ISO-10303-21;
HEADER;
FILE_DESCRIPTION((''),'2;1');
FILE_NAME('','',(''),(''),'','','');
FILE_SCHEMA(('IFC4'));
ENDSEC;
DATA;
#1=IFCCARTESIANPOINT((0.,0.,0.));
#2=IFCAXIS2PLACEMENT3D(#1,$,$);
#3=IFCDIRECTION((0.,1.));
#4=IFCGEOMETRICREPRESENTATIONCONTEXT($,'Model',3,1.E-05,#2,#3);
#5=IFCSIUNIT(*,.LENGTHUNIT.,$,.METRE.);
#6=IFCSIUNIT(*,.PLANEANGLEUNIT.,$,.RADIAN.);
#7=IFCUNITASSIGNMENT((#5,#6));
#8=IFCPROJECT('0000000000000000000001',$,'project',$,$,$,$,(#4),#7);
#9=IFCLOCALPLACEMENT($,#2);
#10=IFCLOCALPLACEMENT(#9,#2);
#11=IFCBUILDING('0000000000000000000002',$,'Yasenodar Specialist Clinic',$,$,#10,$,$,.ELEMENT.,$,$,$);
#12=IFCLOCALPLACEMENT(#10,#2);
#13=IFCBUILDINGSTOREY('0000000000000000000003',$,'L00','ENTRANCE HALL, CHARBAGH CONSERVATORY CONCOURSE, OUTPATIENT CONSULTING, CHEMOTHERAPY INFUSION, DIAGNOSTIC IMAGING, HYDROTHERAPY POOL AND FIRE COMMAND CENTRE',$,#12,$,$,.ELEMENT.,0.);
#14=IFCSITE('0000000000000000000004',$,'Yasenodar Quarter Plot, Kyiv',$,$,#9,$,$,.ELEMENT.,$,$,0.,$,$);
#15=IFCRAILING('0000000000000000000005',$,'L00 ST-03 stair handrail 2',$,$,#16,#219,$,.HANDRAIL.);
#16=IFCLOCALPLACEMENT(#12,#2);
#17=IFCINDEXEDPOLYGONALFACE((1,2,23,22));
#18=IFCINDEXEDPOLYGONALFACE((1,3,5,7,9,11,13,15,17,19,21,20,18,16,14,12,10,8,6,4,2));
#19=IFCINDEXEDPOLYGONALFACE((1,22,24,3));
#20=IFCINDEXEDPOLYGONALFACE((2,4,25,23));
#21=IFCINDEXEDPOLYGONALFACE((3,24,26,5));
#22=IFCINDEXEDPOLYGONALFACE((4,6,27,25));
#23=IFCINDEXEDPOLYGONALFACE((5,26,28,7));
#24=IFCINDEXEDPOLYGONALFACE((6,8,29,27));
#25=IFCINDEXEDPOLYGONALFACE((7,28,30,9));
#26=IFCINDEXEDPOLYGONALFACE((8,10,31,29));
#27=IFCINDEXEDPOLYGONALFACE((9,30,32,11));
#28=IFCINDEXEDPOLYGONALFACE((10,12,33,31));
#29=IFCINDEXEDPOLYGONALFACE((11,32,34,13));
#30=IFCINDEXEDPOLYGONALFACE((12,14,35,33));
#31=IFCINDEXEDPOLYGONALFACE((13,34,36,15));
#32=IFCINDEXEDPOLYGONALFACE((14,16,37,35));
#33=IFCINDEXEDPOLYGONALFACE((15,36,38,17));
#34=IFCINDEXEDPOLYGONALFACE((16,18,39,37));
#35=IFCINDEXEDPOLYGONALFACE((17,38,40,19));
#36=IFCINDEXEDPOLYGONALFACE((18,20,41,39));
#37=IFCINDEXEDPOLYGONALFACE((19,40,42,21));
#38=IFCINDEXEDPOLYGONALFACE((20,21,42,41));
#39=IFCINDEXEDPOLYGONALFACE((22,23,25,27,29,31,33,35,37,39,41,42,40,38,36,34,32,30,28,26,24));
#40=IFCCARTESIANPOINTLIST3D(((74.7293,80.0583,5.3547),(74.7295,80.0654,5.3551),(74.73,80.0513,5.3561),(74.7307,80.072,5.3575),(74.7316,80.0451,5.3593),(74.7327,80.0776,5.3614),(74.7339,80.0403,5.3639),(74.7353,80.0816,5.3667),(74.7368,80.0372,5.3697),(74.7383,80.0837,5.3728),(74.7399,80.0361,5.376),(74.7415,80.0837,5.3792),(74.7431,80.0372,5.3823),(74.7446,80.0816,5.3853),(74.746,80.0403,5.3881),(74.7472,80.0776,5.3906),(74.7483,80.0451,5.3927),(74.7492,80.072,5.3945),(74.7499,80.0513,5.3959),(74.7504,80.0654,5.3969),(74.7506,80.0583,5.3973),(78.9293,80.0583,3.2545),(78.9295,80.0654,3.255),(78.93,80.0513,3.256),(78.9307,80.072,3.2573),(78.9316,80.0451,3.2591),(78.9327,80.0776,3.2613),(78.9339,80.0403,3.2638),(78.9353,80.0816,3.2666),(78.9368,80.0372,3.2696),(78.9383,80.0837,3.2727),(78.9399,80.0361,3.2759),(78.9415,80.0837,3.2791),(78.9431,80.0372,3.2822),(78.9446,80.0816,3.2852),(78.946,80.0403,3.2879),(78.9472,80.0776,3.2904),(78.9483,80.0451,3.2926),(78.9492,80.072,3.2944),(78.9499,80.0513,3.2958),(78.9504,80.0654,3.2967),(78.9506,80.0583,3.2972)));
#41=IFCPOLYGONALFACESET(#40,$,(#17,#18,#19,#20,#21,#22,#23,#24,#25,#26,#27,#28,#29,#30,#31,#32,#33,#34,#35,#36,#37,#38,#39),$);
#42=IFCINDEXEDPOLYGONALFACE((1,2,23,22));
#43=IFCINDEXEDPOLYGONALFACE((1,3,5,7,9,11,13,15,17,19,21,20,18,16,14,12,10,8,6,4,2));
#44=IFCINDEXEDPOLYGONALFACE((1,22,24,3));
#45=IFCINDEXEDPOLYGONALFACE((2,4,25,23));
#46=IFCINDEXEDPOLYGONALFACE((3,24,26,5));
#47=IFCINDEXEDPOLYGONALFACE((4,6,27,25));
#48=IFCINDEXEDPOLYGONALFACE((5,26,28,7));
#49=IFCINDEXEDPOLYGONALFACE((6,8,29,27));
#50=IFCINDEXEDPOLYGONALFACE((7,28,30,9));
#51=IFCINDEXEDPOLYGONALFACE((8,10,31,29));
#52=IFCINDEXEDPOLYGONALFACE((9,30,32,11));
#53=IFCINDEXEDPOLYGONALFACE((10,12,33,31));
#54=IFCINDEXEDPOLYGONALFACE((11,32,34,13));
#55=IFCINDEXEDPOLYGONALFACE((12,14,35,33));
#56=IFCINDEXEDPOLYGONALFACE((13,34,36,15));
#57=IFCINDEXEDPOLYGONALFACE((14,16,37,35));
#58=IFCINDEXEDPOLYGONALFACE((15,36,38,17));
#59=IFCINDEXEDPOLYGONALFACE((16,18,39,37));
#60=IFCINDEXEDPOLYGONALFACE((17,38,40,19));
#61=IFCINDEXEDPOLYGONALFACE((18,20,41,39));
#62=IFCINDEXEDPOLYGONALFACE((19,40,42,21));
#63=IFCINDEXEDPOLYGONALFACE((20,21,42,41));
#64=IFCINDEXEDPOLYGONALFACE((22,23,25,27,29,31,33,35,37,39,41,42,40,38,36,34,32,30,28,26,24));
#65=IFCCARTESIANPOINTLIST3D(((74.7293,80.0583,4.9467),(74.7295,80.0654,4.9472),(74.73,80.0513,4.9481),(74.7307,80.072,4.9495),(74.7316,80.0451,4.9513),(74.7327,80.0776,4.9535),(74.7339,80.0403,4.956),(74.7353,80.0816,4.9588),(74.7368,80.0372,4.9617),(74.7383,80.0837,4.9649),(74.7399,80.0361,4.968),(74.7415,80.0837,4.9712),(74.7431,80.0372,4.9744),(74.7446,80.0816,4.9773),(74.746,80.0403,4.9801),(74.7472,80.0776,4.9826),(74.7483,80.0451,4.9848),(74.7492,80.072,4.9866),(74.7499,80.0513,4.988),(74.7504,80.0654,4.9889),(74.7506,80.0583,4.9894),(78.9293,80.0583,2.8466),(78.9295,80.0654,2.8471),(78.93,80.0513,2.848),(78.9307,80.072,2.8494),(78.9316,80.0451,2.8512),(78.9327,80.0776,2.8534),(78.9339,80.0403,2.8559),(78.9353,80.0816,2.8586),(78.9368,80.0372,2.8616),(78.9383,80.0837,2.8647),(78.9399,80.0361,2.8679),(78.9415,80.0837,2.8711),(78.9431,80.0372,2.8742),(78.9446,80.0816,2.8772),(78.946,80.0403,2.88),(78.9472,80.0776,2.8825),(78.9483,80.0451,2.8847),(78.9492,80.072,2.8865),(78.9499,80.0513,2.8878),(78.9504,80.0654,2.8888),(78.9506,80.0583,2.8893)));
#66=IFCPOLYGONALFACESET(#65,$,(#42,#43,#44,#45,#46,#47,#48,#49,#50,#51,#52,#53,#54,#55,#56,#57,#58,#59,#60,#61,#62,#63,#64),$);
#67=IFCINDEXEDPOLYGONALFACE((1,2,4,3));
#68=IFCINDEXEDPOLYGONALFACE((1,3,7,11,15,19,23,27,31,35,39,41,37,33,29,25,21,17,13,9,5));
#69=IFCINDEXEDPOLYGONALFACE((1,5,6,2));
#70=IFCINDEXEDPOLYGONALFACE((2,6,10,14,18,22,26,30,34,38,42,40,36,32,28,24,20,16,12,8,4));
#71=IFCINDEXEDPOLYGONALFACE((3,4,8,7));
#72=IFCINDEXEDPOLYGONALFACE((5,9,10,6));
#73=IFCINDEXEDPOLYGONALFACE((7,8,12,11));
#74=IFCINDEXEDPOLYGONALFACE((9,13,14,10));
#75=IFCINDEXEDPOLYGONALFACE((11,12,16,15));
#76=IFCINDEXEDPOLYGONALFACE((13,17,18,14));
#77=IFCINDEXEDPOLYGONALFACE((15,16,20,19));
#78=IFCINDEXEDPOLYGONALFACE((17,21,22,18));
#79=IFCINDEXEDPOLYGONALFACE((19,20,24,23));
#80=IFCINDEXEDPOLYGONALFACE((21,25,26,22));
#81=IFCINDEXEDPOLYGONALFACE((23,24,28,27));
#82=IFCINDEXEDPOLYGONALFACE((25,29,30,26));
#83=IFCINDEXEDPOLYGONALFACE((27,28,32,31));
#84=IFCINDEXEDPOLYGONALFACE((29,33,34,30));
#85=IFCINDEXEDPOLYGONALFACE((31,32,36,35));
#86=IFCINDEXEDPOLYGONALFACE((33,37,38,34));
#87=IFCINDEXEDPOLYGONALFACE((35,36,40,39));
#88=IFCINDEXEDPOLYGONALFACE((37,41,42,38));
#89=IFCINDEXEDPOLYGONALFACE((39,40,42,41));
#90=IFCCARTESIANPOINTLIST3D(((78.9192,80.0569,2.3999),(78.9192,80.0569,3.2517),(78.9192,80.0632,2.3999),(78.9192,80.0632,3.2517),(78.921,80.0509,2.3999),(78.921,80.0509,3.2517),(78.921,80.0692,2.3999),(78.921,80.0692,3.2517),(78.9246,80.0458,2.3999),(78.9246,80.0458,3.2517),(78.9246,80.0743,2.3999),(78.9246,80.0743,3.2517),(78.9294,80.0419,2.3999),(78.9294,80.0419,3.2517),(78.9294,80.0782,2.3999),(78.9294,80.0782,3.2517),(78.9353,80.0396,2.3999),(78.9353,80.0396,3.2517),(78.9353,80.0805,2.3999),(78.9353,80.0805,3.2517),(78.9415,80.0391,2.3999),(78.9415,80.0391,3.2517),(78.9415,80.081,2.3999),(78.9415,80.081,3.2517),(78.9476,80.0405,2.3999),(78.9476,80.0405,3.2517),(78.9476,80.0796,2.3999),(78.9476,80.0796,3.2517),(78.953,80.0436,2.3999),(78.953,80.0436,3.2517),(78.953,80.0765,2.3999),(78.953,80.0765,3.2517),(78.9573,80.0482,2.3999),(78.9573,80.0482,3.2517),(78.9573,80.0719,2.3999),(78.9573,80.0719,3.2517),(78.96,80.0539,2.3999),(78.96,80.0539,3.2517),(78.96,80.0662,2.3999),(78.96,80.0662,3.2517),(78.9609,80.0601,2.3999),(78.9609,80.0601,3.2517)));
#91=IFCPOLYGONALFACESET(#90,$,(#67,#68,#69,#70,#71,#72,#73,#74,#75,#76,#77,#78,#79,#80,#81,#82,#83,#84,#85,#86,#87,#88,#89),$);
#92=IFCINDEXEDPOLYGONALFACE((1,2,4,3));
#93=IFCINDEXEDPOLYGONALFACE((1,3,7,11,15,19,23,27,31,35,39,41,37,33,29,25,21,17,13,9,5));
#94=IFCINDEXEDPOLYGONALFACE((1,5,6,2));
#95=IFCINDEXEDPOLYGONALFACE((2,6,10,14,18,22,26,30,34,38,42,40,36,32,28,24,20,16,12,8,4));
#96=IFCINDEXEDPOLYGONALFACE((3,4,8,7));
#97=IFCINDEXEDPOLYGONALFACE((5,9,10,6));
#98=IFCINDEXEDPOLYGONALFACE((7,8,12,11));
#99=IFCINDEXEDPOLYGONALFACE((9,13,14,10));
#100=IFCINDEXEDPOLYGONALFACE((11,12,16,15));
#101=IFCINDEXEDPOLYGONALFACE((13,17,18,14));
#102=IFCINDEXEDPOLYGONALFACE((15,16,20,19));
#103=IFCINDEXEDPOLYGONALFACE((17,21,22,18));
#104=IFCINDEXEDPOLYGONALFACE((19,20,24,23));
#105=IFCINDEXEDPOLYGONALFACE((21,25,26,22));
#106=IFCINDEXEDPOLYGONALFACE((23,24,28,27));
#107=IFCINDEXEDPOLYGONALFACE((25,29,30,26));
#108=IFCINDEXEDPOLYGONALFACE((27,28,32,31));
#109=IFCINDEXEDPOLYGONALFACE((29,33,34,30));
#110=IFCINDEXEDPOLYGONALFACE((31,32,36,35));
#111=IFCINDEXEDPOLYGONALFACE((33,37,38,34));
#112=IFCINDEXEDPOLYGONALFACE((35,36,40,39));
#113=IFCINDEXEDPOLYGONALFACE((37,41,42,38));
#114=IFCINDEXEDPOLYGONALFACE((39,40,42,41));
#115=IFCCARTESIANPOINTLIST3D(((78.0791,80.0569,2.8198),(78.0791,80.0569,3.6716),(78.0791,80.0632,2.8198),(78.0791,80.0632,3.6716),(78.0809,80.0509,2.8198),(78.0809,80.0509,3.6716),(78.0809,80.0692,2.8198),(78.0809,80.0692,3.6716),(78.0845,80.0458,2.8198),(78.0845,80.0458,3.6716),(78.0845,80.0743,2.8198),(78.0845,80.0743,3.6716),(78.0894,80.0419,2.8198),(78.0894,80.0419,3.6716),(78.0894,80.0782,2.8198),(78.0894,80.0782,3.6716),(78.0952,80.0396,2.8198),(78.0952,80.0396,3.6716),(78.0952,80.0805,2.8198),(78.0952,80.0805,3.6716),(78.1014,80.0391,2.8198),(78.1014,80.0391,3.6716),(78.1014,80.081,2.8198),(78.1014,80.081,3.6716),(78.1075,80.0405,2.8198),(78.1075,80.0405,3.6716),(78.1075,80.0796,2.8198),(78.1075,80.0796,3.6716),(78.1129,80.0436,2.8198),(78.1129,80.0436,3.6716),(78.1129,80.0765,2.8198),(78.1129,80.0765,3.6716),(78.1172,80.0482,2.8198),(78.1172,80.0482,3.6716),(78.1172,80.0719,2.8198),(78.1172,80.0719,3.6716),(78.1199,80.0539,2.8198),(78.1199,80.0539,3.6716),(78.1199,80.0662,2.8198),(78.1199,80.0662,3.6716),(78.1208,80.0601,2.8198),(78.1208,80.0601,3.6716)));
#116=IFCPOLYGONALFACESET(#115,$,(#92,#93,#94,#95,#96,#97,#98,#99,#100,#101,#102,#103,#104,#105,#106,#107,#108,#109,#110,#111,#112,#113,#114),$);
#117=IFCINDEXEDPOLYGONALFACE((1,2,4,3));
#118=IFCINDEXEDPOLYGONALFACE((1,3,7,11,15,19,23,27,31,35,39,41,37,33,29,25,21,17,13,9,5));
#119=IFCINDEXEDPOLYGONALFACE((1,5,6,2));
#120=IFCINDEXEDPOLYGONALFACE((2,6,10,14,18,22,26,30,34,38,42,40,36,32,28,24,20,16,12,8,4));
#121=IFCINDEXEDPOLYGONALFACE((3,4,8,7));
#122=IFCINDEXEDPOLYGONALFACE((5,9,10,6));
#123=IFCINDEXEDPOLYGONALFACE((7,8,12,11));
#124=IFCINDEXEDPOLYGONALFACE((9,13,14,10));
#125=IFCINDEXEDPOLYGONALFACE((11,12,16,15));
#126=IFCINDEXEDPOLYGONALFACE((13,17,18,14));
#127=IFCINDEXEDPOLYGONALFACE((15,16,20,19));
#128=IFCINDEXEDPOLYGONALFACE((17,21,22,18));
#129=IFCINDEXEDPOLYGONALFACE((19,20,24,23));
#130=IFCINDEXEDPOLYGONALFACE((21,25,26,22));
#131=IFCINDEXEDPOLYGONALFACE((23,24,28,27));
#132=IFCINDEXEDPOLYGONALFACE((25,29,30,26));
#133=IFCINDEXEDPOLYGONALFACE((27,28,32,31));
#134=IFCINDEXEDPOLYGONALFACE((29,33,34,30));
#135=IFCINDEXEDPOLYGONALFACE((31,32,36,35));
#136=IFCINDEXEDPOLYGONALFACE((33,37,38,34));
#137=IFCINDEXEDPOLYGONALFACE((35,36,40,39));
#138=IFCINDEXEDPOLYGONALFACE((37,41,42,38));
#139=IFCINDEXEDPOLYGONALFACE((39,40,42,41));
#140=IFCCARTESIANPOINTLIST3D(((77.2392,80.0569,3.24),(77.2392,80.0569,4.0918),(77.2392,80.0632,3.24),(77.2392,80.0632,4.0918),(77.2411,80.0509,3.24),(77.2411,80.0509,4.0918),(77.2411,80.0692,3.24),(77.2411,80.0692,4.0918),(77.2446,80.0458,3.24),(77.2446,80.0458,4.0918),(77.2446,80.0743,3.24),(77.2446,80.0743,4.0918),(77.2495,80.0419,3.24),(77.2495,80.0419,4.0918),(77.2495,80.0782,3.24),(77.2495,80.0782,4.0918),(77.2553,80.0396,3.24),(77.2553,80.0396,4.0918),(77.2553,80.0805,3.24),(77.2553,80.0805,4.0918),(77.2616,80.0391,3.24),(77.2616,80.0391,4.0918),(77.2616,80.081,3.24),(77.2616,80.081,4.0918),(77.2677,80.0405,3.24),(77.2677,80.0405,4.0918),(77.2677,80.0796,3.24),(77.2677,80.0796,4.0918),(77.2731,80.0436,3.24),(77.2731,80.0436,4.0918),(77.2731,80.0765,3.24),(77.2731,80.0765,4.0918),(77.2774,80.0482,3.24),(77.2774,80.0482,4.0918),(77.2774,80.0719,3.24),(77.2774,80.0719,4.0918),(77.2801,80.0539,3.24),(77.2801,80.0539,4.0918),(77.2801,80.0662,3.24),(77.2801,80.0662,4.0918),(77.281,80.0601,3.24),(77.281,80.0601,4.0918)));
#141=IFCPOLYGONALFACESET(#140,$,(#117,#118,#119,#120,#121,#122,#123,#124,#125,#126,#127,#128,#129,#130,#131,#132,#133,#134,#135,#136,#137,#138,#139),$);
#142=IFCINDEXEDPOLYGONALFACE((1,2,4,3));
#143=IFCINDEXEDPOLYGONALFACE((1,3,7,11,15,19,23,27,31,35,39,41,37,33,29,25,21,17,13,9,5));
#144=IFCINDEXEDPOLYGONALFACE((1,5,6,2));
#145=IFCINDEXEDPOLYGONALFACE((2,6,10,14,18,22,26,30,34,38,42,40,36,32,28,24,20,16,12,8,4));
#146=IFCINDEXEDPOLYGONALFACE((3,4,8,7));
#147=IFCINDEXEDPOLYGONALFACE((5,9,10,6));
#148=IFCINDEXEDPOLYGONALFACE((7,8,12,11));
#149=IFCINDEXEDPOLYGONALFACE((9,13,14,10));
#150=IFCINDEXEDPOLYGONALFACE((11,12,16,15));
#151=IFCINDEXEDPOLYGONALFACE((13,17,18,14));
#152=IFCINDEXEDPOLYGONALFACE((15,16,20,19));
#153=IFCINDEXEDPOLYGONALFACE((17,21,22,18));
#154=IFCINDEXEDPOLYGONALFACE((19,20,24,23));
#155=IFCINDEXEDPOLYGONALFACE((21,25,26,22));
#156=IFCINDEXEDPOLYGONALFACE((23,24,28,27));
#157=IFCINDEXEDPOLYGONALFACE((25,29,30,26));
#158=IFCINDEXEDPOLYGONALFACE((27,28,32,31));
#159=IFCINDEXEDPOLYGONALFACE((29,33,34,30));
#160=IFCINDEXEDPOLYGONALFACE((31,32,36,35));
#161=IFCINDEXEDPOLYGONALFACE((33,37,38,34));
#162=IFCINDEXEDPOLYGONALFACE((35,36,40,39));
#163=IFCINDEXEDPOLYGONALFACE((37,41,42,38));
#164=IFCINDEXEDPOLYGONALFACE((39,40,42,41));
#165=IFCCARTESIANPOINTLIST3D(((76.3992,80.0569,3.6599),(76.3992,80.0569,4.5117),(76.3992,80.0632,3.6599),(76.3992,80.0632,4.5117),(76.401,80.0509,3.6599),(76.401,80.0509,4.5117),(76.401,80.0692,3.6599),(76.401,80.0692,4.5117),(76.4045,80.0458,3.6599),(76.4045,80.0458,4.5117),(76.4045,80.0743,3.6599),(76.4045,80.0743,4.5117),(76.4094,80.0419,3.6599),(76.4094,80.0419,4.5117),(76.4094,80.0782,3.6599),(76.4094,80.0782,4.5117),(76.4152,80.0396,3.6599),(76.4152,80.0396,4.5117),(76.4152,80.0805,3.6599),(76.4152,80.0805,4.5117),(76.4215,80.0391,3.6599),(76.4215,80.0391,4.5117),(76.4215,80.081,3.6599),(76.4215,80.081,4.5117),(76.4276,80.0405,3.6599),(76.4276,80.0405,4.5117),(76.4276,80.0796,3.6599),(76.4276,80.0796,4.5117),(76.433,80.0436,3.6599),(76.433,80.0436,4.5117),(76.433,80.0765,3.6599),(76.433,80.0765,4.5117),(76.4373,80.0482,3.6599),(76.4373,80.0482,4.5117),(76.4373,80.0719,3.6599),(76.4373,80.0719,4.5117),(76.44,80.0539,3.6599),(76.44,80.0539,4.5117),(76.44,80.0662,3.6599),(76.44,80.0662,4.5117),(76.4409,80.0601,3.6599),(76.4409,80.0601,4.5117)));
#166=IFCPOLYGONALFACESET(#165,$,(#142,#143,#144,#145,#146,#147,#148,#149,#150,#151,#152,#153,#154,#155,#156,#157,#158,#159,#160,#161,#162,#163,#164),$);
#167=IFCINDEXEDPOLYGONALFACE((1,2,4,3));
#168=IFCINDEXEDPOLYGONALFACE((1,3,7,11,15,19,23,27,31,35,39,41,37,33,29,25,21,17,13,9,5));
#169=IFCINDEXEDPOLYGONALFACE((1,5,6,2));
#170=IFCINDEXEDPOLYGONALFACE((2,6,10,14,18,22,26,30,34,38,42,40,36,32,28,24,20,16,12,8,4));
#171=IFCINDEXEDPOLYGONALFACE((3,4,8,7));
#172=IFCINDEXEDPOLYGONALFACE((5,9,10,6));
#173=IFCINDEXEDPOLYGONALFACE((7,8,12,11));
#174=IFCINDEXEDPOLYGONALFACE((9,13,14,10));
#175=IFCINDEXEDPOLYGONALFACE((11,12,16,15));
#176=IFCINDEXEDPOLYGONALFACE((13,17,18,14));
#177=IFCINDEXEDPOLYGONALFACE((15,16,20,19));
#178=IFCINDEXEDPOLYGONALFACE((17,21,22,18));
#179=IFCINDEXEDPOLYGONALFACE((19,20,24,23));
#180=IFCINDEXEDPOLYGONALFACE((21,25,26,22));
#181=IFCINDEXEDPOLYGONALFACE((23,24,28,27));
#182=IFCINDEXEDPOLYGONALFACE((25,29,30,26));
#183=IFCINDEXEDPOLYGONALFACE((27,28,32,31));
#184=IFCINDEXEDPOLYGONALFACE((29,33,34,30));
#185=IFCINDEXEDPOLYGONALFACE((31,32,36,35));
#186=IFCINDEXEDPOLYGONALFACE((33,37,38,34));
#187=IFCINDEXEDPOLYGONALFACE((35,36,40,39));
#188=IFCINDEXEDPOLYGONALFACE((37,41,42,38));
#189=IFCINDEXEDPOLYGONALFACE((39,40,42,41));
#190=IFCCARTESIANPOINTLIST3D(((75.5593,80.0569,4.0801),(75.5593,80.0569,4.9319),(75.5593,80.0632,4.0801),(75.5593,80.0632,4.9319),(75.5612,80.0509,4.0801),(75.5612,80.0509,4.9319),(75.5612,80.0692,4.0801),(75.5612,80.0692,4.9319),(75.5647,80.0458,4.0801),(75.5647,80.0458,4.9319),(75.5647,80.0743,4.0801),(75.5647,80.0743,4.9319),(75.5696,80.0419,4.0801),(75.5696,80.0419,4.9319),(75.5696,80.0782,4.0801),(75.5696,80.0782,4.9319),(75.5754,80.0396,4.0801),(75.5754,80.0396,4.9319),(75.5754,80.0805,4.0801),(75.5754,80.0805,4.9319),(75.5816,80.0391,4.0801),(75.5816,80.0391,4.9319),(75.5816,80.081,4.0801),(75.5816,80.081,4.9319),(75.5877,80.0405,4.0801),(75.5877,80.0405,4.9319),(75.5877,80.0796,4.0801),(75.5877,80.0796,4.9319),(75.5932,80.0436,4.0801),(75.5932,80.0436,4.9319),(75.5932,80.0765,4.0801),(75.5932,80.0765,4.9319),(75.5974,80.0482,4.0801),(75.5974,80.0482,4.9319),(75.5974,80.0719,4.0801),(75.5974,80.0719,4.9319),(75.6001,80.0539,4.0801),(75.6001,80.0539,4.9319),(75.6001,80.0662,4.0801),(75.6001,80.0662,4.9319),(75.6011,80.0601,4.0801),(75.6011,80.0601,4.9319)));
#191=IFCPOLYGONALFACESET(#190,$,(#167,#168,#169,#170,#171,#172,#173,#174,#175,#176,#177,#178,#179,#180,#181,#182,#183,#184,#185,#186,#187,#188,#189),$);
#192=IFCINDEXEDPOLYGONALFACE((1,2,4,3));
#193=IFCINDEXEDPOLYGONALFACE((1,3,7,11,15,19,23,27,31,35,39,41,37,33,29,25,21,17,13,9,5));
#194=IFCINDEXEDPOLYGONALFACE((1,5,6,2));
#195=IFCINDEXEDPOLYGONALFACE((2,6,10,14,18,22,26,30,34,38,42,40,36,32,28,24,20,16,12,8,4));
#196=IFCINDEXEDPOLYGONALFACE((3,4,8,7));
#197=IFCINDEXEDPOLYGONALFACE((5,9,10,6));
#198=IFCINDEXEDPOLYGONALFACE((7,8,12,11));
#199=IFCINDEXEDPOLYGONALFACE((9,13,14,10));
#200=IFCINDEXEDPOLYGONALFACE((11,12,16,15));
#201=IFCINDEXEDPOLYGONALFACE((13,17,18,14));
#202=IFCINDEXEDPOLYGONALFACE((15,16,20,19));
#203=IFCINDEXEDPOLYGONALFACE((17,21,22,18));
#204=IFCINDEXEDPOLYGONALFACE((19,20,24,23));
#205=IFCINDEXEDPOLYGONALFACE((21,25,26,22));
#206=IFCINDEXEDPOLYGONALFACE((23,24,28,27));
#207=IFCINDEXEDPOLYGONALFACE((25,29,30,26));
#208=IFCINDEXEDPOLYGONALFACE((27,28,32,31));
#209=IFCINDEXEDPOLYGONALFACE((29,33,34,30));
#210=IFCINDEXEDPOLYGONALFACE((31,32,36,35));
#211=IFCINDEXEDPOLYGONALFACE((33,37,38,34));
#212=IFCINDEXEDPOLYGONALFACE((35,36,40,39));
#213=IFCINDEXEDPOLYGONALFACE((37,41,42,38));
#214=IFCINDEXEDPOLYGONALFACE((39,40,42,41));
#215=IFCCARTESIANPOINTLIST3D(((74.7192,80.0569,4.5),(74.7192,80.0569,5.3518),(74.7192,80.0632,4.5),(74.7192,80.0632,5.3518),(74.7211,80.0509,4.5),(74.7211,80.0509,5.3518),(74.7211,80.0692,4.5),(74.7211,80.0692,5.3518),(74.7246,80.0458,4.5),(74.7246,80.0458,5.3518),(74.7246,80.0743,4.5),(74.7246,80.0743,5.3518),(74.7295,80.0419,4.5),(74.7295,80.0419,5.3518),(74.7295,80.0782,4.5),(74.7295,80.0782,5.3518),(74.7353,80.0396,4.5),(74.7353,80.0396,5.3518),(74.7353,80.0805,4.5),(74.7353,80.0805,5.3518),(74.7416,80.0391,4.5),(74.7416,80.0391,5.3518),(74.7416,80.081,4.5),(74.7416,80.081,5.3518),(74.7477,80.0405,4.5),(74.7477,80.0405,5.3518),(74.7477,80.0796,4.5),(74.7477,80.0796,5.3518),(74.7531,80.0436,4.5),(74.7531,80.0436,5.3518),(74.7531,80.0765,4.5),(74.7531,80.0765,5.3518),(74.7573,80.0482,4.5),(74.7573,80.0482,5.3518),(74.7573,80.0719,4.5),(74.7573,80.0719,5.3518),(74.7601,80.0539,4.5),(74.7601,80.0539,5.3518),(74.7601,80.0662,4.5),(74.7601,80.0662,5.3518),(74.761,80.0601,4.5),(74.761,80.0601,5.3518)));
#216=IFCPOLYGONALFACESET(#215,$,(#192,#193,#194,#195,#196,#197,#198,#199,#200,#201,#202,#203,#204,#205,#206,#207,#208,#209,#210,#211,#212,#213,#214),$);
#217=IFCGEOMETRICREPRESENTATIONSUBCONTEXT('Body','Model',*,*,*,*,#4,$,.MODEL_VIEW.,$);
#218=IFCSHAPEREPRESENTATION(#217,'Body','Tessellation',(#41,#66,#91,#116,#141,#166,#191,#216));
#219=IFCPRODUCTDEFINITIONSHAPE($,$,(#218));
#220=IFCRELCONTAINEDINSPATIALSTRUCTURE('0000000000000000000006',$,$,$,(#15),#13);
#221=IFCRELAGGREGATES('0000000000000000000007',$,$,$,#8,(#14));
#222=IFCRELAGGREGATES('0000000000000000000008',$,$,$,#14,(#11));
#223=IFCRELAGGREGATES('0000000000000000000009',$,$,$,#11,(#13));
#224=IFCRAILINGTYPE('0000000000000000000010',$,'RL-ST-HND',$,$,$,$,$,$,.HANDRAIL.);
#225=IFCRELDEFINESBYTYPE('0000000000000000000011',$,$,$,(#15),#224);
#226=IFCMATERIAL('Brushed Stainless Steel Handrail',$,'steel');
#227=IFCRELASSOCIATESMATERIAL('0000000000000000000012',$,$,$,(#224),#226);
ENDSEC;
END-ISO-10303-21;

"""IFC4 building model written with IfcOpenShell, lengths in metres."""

from ifc_helpers import new_model, si_unit, direction, frame, origin, origin_2d, place, context, subcontext, project, spatial, circle, extrude, material, type_object, element, save


model = new_model("IFC4")

# Units and contexts
model_context = context("Model", 3, precision=1e-05, world=origin(), true_north=direction((0.0, 1.0)))
body_context = subcontext(model_context, "Body", "Model", "MODEL_VIEW")
ifc_project = project(units=[si_unit("LENGTHUNIT", "METRE"), si_unit("PLANEANGLEUNIT", "RADIAN")], contexts=[model_context])

# Site, building, storey
site_placement = place(None, origin())
site = spatial("IfcSite", under=ifc_project, at=site_placement, Name="Yasenodar Quarter Plot, Kyiv", CompositionType="ELEMENT", RefElevation=0.0)
building_placement = place(site_placement, origin())
building = spatial("IfcBuilding", under=site, at=building_placement, Name="Yasenodar Specialist Clinic", CompositionType="ELEMENT")
storey_placement = place(building_placement, origin())
storey = spatial("IfcBuildingStorey", under=building, at=storey_placement, Name="L00", Description="ENTRANCE HALL, CHARBAGH CONSERVATORY CONCOURSE, OUTPATIENT CONSULTING, CHEMOTHERAPY INFUSION, DIAGNOSTIC IMAGING, HYDROTHERAPY POOL AND FIRE COMMAND CENTRE", CompositionType="ELEMENT", Elevation=0.0)

# Railing
ifc_material_1 = material(Name="Brushed Stainless Steel Handrail", Category="steel")
railing_type = type_object("IfcRailingType", Name="RL-ST-HND", PredefinedType="HANDRAIL", material=ifc_material_1)
railing_placement = place(storey_placement, frame((78.9399, 80.0601, 2.3999)))
element("IfcRailing", 1, at=railing_placement, inside=storey, type_object=railing_type, Name="L00 ST-03 stair handrail 2", PredefinedType="HANDRAIL", context=body_context, shape_type="SweptSolid", body=[
    extrude(circle(Radius=0.0239, at=origin_2d()), frame((0.0, 0.0, 0.876), z_axis=(-0.894417, 0.0, 0.447234), x_axis=(0.0, -1.0, 0.0)), (0.0, 0.0, 1.0), 4.6958),
    extrude(circle(Radius=0.0239, at=origin_2d()), frame((0.0, 0.0, 0.468), z_axis=(-0.894417, 0.0, 0.447234), x_axis=(0.0, -1.0, 0.0)), (0.0, 0.0, 1.0), 4.6958),
    extrude(circle(Radius=0.021, at=origin_2d()), origin(), (0.0, 0.0, 1.0), 0.8518),
    extrude(circle(Radius=0.021, at=origin_2d()), frame((-0.8401, 0.0, 0.4199)), (0.0, 0.0, 1.0), 0.8518),
    extrude(circle(Radius=0.021, at=origin_2d()), frame((-1.6799, 0.0, 0.8401)), (0.0, 0.0, 1.0), 0.8518),
    extrude(circle(Radius=0.021, at=origin_2d()), frame((-2.52, 0.0, 1.26)), (0.0, 0.0, 1.0), 0.8518),
    extrude(circle(Radius=0.021, at=origin_2d()), frame((-3.3599, 0.0, 1.6802)), (0.0, 0.0, 1.0), 0.8518),
    extrude(circle(Radius=0.021, at=origin_2d()), frame((-4.2, 0.0, 2.1001)), (0.0, 0.0, 1.0), 0.8518),
])

save(model, "model.ifc")
